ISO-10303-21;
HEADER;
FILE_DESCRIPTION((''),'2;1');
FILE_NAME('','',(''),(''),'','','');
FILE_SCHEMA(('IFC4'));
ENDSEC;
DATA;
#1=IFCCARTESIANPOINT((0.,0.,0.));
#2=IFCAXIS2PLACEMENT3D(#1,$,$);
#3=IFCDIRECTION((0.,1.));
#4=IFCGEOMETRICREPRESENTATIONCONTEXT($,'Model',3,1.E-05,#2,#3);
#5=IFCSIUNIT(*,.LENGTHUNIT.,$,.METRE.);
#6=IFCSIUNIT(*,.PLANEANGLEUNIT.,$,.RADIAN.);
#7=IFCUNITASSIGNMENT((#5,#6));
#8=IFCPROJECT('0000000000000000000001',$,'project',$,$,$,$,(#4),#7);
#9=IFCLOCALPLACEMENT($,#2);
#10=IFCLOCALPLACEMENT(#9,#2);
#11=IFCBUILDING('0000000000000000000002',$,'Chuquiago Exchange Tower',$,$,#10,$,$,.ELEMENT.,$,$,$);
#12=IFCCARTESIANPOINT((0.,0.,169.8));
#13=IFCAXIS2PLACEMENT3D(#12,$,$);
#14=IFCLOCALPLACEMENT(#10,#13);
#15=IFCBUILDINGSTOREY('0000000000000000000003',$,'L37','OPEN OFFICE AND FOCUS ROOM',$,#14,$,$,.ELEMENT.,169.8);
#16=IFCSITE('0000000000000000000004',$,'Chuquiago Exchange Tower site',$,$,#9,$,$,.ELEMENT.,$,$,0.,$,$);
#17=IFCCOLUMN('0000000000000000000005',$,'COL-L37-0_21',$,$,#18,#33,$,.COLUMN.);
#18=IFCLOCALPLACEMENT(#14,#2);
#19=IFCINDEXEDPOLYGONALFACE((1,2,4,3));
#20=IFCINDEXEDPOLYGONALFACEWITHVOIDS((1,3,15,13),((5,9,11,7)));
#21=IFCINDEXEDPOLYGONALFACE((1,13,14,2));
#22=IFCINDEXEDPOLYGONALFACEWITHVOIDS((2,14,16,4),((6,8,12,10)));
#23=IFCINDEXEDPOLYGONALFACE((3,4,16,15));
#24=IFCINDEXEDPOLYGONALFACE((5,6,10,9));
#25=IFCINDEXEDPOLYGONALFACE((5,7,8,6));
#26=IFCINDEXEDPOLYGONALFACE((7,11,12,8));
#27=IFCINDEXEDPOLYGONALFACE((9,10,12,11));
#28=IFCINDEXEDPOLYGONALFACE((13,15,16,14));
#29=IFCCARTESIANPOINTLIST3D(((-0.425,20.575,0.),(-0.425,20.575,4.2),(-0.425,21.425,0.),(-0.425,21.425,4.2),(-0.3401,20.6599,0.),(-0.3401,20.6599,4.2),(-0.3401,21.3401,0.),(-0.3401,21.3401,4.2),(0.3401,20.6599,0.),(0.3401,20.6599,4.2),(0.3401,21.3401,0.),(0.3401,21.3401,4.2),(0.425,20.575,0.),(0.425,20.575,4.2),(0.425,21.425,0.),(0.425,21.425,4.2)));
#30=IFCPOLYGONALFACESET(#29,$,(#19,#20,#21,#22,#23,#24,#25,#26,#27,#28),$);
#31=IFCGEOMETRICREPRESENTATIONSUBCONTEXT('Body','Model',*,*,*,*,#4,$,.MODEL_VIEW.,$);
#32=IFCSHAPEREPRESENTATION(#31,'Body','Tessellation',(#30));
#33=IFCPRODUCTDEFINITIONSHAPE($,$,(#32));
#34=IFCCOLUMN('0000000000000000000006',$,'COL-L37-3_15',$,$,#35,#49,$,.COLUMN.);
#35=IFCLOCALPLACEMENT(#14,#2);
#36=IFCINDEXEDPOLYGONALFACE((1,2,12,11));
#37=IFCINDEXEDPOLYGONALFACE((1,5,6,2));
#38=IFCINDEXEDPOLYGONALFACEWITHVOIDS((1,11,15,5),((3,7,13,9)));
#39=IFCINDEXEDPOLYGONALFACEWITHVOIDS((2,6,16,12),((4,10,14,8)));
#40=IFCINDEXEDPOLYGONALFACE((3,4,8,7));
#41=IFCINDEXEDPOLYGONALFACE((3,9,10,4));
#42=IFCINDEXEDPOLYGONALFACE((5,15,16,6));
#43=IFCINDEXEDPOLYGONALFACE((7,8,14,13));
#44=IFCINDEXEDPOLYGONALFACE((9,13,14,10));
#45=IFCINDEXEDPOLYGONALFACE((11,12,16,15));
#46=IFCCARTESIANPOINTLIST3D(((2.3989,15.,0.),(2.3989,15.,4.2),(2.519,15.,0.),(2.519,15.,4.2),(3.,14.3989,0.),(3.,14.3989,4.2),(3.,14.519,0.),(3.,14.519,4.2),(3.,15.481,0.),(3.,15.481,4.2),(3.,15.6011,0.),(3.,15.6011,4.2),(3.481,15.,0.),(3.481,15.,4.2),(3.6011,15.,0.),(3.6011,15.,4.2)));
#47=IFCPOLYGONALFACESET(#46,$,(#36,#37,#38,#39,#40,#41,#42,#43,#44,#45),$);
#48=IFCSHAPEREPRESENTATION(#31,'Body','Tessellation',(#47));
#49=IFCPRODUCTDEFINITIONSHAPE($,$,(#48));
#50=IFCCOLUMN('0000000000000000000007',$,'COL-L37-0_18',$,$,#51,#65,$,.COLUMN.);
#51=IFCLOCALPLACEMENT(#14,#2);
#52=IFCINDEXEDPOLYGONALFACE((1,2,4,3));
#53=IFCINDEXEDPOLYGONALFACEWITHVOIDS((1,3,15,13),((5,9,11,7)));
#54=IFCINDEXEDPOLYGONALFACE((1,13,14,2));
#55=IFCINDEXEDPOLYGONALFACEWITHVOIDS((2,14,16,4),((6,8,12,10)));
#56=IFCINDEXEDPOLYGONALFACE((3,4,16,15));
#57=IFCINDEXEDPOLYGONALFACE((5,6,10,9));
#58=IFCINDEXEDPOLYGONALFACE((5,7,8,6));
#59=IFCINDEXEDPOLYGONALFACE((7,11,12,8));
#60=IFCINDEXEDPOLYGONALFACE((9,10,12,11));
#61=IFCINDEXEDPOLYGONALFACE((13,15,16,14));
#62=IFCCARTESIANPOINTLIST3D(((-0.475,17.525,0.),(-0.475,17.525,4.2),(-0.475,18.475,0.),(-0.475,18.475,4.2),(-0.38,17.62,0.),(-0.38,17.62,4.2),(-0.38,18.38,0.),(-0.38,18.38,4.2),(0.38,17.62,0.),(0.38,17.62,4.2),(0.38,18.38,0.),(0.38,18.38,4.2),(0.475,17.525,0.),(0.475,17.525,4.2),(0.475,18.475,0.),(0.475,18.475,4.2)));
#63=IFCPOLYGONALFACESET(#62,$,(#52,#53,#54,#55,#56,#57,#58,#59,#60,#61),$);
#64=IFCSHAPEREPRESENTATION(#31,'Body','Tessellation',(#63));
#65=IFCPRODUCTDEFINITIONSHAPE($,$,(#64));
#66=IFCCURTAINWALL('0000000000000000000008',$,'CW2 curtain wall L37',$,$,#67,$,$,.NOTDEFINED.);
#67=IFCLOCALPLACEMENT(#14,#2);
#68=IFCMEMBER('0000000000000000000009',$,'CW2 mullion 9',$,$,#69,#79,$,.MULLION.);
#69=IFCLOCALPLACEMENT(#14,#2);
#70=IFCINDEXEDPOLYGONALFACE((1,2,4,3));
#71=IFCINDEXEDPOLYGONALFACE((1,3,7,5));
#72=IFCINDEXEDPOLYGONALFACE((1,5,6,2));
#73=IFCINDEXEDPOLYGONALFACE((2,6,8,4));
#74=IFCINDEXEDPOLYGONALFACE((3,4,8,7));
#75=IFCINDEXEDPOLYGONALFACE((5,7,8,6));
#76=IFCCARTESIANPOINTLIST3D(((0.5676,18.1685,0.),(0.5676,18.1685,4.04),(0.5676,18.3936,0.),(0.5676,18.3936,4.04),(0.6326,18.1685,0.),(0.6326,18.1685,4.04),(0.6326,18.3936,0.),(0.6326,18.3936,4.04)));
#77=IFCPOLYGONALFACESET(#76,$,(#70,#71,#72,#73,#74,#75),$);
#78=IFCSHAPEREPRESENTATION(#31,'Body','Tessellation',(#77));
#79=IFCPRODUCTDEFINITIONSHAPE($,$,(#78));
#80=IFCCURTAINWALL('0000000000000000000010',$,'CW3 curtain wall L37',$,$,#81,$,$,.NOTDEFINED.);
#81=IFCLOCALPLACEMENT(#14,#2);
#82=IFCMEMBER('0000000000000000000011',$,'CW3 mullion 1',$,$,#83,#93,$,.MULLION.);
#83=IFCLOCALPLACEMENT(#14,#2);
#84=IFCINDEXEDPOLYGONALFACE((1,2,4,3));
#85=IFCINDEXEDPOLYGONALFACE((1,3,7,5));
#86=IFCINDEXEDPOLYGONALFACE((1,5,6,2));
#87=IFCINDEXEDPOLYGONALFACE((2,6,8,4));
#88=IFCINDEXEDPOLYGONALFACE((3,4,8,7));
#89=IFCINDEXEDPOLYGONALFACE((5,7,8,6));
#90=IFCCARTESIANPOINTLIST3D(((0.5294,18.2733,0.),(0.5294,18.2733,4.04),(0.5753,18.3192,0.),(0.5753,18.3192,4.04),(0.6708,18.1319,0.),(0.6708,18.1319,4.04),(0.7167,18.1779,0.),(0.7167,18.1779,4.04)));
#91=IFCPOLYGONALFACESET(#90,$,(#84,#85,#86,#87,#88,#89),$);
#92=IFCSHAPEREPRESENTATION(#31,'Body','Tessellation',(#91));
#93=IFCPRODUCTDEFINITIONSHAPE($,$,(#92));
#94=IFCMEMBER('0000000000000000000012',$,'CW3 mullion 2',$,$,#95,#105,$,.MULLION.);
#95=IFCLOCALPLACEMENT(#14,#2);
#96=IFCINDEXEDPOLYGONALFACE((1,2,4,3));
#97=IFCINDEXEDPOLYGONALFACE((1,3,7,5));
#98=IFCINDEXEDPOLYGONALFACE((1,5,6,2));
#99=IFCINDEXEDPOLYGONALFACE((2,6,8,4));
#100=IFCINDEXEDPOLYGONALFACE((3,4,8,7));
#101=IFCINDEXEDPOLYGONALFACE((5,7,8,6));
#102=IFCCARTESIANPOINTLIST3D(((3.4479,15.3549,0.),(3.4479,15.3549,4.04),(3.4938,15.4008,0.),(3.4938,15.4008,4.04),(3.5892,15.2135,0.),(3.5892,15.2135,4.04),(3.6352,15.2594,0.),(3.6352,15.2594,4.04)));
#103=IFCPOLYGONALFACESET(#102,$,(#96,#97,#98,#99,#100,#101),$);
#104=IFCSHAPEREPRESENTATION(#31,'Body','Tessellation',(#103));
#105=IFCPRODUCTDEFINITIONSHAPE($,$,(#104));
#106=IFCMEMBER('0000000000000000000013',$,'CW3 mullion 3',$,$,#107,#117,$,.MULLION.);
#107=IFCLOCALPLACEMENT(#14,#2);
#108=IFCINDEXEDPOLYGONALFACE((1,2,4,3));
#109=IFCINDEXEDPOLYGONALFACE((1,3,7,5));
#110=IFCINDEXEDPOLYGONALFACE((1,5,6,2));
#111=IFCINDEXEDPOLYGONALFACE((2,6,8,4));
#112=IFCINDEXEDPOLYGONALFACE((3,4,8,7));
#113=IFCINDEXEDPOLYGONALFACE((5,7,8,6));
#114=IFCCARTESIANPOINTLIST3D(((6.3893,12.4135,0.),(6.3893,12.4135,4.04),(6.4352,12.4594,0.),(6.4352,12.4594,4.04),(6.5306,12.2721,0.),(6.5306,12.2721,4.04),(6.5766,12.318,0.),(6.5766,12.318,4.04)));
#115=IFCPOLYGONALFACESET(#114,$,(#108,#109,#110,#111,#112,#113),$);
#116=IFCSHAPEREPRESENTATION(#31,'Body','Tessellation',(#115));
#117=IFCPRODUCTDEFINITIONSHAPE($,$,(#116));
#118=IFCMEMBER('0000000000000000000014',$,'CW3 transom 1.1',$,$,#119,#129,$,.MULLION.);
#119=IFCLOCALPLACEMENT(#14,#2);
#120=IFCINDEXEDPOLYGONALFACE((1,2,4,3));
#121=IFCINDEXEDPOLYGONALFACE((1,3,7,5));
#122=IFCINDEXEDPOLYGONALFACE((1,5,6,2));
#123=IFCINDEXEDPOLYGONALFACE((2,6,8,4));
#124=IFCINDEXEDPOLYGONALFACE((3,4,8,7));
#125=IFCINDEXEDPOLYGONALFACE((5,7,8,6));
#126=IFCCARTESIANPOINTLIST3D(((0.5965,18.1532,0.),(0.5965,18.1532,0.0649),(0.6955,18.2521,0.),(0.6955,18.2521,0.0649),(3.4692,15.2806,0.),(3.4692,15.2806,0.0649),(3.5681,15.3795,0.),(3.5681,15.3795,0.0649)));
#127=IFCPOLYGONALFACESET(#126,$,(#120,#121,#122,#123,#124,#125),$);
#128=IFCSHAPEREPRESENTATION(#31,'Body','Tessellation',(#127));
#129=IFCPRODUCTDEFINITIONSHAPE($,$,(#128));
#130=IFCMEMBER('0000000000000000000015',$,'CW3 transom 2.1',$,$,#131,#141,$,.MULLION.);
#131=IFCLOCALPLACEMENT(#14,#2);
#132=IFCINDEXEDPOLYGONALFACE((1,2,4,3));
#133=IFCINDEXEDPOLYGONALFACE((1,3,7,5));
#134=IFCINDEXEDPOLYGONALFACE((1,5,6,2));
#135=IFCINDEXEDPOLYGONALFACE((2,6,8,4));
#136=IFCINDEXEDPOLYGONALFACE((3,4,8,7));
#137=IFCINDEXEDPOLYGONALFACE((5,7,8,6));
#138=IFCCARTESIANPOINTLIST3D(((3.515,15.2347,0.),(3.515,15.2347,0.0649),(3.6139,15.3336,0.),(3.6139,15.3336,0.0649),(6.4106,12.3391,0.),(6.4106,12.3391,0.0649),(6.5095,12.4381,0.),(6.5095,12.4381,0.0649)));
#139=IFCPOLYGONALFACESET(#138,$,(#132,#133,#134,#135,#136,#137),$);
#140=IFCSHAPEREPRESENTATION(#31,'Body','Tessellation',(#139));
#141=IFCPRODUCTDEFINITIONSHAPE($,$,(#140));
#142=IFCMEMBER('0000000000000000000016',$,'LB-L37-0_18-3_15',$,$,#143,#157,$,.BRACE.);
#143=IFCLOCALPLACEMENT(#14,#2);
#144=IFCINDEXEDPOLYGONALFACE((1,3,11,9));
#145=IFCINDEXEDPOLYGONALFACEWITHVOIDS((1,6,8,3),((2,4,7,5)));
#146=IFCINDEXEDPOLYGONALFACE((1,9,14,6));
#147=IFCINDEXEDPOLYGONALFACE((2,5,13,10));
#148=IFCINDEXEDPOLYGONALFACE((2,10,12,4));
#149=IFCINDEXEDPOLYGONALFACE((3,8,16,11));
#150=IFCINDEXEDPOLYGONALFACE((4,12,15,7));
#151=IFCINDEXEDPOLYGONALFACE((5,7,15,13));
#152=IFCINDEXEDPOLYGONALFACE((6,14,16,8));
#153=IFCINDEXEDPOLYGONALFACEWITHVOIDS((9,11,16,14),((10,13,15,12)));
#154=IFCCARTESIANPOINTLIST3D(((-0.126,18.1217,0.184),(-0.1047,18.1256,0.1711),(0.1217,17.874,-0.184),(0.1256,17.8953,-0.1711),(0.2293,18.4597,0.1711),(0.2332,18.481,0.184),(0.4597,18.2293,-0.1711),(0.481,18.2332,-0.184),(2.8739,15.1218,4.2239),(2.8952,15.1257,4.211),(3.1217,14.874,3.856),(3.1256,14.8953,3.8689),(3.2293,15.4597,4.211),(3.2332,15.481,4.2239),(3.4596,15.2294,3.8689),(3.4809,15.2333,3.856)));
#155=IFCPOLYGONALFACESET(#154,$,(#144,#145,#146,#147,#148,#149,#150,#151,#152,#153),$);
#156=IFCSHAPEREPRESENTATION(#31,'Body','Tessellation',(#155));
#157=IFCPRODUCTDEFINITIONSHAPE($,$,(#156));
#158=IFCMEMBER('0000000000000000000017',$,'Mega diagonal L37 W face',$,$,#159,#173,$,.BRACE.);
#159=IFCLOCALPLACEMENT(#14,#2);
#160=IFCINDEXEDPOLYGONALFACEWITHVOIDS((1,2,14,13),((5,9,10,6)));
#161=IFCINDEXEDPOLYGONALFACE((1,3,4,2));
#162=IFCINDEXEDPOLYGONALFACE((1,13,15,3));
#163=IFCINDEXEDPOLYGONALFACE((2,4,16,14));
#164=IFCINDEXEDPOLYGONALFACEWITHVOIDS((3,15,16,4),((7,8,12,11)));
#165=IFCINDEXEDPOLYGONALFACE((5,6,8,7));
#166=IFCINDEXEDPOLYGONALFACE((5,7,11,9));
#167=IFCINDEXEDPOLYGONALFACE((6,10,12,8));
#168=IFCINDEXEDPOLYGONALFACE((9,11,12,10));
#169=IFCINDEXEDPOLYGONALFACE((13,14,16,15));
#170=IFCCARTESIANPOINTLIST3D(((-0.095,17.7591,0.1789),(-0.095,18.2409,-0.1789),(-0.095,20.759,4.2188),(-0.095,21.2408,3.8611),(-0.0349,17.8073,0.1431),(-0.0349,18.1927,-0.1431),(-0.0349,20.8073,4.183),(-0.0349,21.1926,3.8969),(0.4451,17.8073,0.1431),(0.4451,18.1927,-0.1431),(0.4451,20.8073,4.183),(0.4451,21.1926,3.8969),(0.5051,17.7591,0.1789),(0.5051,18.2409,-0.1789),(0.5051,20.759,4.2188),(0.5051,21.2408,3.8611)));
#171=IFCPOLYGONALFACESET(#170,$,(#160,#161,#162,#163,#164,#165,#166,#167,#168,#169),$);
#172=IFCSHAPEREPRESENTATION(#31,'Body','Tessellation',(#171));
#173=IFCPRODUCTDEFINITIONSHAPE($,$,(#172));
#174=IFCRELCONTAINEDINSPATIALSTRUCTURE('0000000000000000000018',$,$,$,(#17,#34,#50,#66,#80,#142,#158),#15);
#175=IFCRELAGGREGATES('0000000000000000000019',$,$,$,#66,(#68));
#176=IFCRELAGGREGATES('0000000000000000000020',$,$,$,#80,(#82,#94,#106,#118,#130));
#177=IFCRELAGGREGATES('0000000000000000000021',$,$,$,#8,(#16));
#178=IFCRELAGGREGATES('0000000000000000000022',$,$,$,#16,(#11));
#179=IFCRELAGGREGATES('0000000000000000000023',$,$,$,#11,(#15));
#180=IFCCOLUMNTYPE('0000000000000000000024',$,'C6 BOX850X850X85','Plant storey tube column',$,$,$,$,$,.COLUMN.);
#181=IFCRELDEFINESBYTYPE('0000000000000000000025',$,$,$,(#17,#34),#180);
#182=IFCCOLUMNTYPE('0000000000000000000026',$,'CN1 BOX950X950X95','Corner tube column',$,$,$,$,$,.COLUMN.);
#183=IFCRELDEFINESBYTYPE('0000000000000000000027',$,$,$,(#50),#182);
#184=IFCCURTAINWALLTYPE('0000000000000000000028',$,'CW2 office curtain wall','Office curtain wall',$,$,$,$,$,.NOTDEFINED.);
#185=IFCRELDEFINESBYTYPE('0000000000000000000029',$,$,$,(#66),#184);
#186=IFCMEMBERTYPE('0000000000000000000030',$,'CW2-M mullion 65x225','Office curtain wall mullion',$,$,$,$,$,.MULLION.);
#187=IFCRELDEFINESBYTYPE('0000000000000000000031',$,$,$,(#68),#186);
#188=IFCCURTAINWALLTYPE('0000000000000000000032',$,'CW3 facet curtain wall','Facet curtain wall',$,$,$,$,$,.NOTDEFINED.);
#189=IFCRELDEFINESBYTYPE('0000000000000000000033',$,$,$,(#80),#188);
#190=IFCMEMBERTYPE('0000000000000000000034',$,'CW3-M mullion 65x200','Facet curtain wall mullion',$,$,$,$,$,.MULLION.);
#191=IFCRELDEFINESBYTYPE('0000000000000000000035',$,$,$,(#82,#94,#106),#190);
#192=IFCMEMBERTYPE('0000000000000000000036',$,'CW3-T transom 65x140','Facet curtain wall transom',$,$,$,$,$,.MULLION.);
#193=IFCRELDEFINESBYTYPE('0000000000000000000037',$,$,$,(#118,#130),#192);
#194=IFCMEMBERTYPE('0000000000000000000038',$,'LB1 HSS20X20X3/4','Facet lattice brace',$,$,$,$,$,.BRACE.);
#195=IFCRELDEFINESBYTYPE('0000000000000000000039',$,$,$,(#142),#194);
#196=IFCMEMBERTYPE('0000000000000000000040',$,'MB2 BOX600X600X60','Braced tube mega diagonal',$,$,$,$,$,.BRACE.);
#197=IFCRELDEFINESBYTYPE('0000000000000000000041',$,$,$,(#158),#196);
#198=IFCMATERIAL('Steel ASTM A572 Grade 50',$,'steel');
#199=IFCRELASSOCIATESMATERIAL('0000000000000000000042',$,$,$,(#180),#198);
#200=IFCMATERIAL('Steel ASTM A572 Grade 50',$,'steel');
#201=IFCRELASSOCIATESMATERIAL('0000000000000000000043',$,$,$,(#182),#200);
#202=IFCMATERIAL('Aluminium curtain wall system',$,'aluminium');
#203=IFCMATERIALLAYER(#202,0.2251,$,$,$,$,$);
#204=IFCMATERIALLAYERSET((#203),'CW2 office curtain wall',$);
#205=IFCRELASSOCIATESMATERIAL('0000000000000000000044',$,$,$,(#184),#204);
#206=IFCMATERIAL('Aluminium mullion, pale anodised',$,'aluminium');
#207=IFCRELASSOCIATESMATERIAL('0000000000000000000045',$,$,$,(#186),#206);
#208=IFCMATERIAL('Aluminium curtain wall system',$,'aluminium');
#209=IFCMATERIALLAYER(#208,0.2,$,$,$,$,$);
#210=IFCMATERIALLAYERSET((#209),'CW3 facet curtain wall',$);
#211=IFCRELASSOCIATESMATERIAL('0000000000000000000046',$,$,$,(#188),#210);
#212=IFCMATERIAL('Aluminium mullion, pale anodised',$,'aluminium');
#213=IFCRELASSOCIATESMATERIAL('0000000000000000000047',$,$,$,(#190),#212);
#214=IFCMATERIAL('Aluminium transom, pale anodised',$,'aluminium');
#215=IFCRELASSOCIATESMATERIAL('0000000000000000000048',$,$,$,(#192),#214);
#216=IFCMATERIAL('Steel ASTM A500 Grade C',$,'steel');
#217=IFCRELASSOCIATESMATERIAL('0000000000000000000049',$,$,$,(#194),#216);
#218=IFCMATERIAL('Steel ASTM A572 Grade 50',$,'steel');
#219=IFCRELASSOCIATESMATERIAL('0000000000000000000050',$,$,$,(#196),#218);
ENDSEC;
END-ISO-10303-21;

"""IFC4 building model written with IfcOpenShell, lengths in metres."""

from ifc_helpers import new_model, si_unit, direction, frame, origin, origin_2d, place, context, subcontext, project, spatial, rectangle, hollow_rectangle, extrude, material, layer, layer_set, material_profile, profile_set, type_object, element, aggregate, save


model = new_model("IFC4")

# Units and contexts
model_context = context("Model", 3, precision=1e-05, world=origin(), true_north=direction((0.0, 1.0)))
body_context = subcontext(model_context, "Body", "Model", "MODEL_VIEW")
ifc_project = project(units=[si_unit("LENGTHUNIT", "METRE"), si_unit("PLANEANGLEUNIT", "RADIAN")], contexts=[model_context])

# Site, building, storey
site_placement = place(None, origin())
site = spatial("IfcSite", under=ifc_project, at=site_placement, Name="Chuquiago Exchange Tower site", CompositionType="ELEMENT", RefElevation=0.0)
building_placement = place(site_placement, origin())
building = spatial("IfcBuilding", under=site, at=building_placement, Name="Chuquiago Exchange Tower", CompositionType="ELEMENT")
storey_placement = place(building_placement, frame((0.0, 0.0, 169.8)))
storey = spatial("IfcBuildingStorey", under=building, at=storey_placement, Name="L37", Description="OPEN OFFICE AND FOCUS ROOM", CompositionType="ELEMENT", Elevation=169.8)

# Columns
ifc_material_1 = material(Name="Steel ASTM A572 Grade 50", Category="steel")
ifc_material_profile_1 = material_profile(ifc_material_1, hollow_rectangle(XDim=0.8501, YDim=0.8501, WallThickness=0.085, at=origin_2d()), Name="BOX850X850X85")
ifc_profile_set_1 = profile_set([ifc_material_profile_1], Name="Steel ASTM A572 Grade 50")
column_type_1 = type_object("IfcColumnType", Name="C6 BOX850X850X85", Description="Plant storey tube column", PredefinedType="COLUMN", material=ifc_profile_set_1)
for number, where, z_axis, x_axis, name in (
    (1, (0.0, 21.0, 0.0), (0.0, 0.0, 1.0), (-1.0, 0.0, 0.0), "COL-L37-0_21"),
    (2, (3.0, 15.0, 0.0), (0.0, 0.0, 1.0), (-0.707107, -0.707107, 0.0), "COL-L37-3_15"),
):
    element("IfcColumn", number, at=place(storey_placement, frame(where, z_axis=z_axis, x_axis=x_axis)), inside=storey, type_object=column_type_1, Name=name, PredefinedType="COLUMN", context=body_context, shape_type="SweptSolid", body=[
        extrude(hollow_rectangle(XDim=0.8501, YDim=0.8501, WallThickness=0.085, at=origin_2d()), origin(), (0.0, 0.0, 1.0), 4.2),
    ])
ifc_material_2 = material(Name="Steel ASTM A572 Grade 50", Category="steel")
ifc_material_profile_2 = material_profile(ifc_material_2, hollow_rectangle(XDim=0.95, YDim=0.95, WallThickness=0.095, at=origin_2d()), Name="BOX950X950X95")
ifc_profile_set_2 = profile_set([ifc_material_profile_2], Name="Steel ASTM A572 Grade 50")
column_type_2 = type_object("IfcColumnType", Name="CN1 BOX950X950X95", Description="Corner tube column", PredefinedType="COLUMN", material=ifc_profile_set_2)
column_placement = place(storey_placement, frame((0.0, 18.0, 0.0), z_axis=(0.0, 0.0, 1.0), x_axis=(-1.0, 0.0, 0.0)))
element("IfcColumn", 3, at=column_placement, inside=storey, type_object=column_type_2, Name="COL-L37-0_18", PredefinedType="COLUMN", context=body_context, shape_type="SweptSolid", body=[
    extrude(hollow_rectangle(XDim=0.95, YDim=0.95, WallThickness=0.095, at=origin_2d()), origin(), (0.0, 0.0, 1.0), 4.2),
])

# Curtain wall, member
ifc_material_3 = material(Name="Aluminium curtain wall system", Category="aluminium")
ifc_layer_1 = layer(ifc_material_3, 0.2251)
ifc_layer_set_1 = layer_set([ifc_layer_1], Name="CW2 office curtain wall")
curtain_wall_type_1 = type_object("IfcCurtainWallType", Name="CW2 office curtain wall", Description="Office curtain wall", PredefinedType="NOTDEFINED", material=ifc_layer_set_1)
curtain_wall_1_placement = place(storey_placement, origin())
curtain_wall_1 = element("IfcCurtainWall", 4, at=curtain_wall_1_placement, inside=storey, type_object=curtain_wall_type_1, Name="CW2 curtain wall L37", PredefinedType="NOTDEFINED")
ifc_material_4 = material(Name="Aluminium mullion, pale anodised", Category="aluminium")
ifc_material_profile_3 = material_profile(ifc_material_4, rectangle(XDim=0.0649, YDim=0.2251, at=origin_2d()), Name="AL 65x225")
ifc_profile_set_3 = profile_set([ifc_material_profile_3], Name="Aluminium mullion, pale anodised")
member_type_1 = type_object("IfcMemberType", Name="CW2-M mullion 65x225", Description="Office curtain wall mullion", PredefinedType="MULLION", material=ifc_profile_set_3)
member_1_placement = place(storey_placement, frame((0.6001, 18.281, 0.0), z_axis=(0.0, 0.0, 1.0), x_axis=(1.0, 0.0, 0.0)))
member_1 = element("IfcMember", 5, at=member_1_placement, type_object=member_type_1, Name="CW2 mullion 9", PredefinedType="MULLION", context=body_context, shape_type="SweptSolid", body=[
    extrude(rectangle(XDim=0.0649, YDim=0.2251, at=origin_2d()), origin(), (0.0, 0.0, 1.0), 4.04),
])

# Curtain wall, members
ifc_material_5 = material(Name="Aluminium curtain wall system", Category="aluminium")
ifc_layer_2 = layer(ifc_material_5, 0.2)
ifc_layer_set_2 = layer_set([ifc_layer_2], Name="CW3 facet curtain wall")
curtain_wall_type_2 = type_object("IfcCurtainWallType", Name="CW3 facet curtain wall", Description="Facet curtain wall", PredefinedType="NOTDEFINED", material=ifc_layer_set_2)
curtain_wall_2_placement = place(storey_placement, origin())
curtain_wall_2 = element("IfcCurtainWall", 6, at=curtain_wall_2_placement, inside=storey, type_object=curtain_wall_type_2, Name="CW3 curtain wall L37", PredefinedType="NOTDEFINED")
ifc_material_6 = material(Name="Aluminium mullion, pale anodised", Category="aluminium")
ifc_material_profile_4 = material_profile(ifc_material_6, rectangle(XDim=0.0649, YDim=0.2, at=origin_2d()), Name="AL 65x200")
ifc_profile_set_4 = profile_set([ifc_material_profile_4], Name="Aluminium mullion, pale anodised")
member_type_2 = type_object("IfcMemberType", Name="CW3-M mullion 65x200", Description="Facet curtain wall mullion", PredefinedType="MULLION", material=ifc_profile_set_4)
member_2_placement = place(storey_placement, frame((0.623, 18.2256, 0.0), z_axis=(0.0, 0.0, 1.0), x_axis=(0.707107, 0.707107, 0.0)))
member_2 = element("IfcMember", 7, at=member_2_placement, type_object=member_type_2, Name="CW3 mullion 1", PredefinedType="MULLION", context=body_context, shape_type="SweptSolid", body=[
    extrude(rectangle(XDim=0.0649, YDim=0.2, at=origin_2d()), origin(), (0.0, 0.0, 1.0), 4.04),
])
member_3_placement = place(storey_placement, frame((3.5415, 15.3071, 0.0), z_axis=(0.0, 0.0, 1.0), x_axis=(0.707107, 0.707107, 0.0)))
member_3 = element("IfcMember", 8, at=member_3_placement, type_object=member_type_2, Name="CW3 mullion 2", PredefinedType="MULLION", context=body_context, shape_type="SweptSolid", body=[
    extrude(rectangle(XDim=0.0649, YDim=0.2, at=origin_2d()), origin(), (0.0, 0.0, 1.0), 4.04),
])
member_4_placement = place(storey_placement, frame((6.4829, 12.3657, 0.0), z_axis=(0.0, 0.0, 1.0), x_axis=(0.707107, 0.707107, 0.0)))
member_4 = element("IfcMember", 9, at=member_4_placement, type_object=member_type_2, Name="CW3 mullion 3", PredefinedType="MULLION", context=body_context, shape_type="SweptSolid", body=[
    extrude(rectangle(XDim=0.0649, YDim=0.2, at=origin_2d()), origin(), (0.0, 0.0, 1.0), 4.04),
])
ifc_material_7 = material(Name="Aluminium transom, pale anodised", Category="aluminium")
ifc_material_profile_5 = material_profile(ifc_material_7, rectangle(XDim=0.1399, YDim=0.0649, at=origin_2d()), Name="AL 140x65")
ifc_profile_set_5 = profile_set([ifc_material_profile_5], Name="Aluminium transom, pale anodised")
member_type_3 = type_object("IfcMemberType", Name="CW3-T transom 65x140", Description="Facet curtain wall transom", PredefinedType="MULLION", material=ifc_profile_set_5)
member_5_placement = place(storey_placement, frame((0.646, 18.2026, 0.0325), z_axis=(0.707107, -0.707107, 0.0), x_axis=(0.707107, 0.707107, 0.0)))
member_5 = element("IfcMember", 10, at=member_5_placement, type_object=member_type_3, Name="CW3 transom 1.1", PredefinedType="MULLION", context=body_context, shape_type="SweptSolid", body=[
    extrude(rectangle(XDim=0.1399, YDim=0.0649, at=origin_2d()), origin(), (0.0, 0.0, 1.0), 4.0625),
])
member_6_placement = place(storey_placement, frame((3.5645, 15.2842, 0.0325), z_axis=(0.707107, -0.707107, 0.0), x_axis=(0.707107, 0.707107, 0.0)))
member_6 = element("IfcMember", 11, at=member_6_placement, type_object=member_type_3, Name="CW3 transom 2.1", PredefinedType="MULLION", context=body_context, shape_type="SweptSolid", body=[
    extrude(rectangle(XDim=0.1399, YDim=0.0649, at=origin_2d()), origin(), (0.0, 0.0, 1.0), 4.095),
])

# Members
ifc_material_8 = material(Name="Steel ASTM A500 Grade C", Category="steel")
ifc_material_profile_6 = material_profile(ifc_material_8, hollow_rectangle(XDim=0.5081, YDim=0.5081, WallThickness=0.0178, at=origin_2d()), Name="HSS20X20X3/4")
ifc_profile_set_6 = profile_set([ifc_material_profile_6], Name="Steel ASTM A500 Grade C")
member_type_4 = type_object("IfcMemberType", Name="LB1 HSS20X20X3/4", Description="Facet lattice brace", PredefinedType="BRACE", material=ifc_profile_set_6)
member_7_placement = place(storey_placement, frame((0.1775, 18.1775, 0.0), z_axis=(0.512077, -0.512077, 0.689604), x_axis=(0.707107, 0.707107, 0.0)))
element("IfcMember", 12, at=member_7_placement, inside=storey, type_object=member_type_4, Name="LB-L37-0_18-3_15", PredefinedType="BRACE", context=body_context, shape_type="SweptSolid", body=[
    extrude(hollow_rectangle(XDim=0.5081, YDim=0.5081, WallThickness=0.0178, at=origin_2d()), origin(), (0.0, 0.0, 1.0), 5.8584),
])
ifc_material_9 = material(Name="Steel ASTM A572 Grade 50", Category="steel")
ifc_material_profile_7 = material_profile(ifc_material_9, hollow_rectangle(XDim=0.6001, YDim=0.6001, WallThickness=0.0601, at=origin_2d()), Name="BOX600X600X60")
ifc_profile_set_7 = profile_set([ifc_material_profile_7], Name="Steel ASTM A572 Grade 50")
member_type_5 = type_object("IfcMemberType", Name="MB2 BOX600X600X60", Description="Braced tube mega diagonal", PredefinedType="BRACE", material=ifc_profile_set_7)
member_8_placement = place(storey_placement, frame((0.2051, 18.0, 0.0), z_axis=(0.0, 0.596174, 0.802855), x_axis=(-1.0, 0.0, 0.0)))
element("IfcMember", 13, at=member_8_placement, inside=storey, type_object=member_type_5, Name="Mega diagonal L37 W face", PredefinedType="BRACE", context=body_context, shape_type="SweptSolid", body=[
    extrude(hollow_rectangle(XDim=0.6001, YDim=0.6001, WallThickness=0.0601, at=origin_2d()), origin(), (0.0, 0.0, 1.0), 5.032),
])

aggregate(curtain_wall_1, [member_1])
aggregate(curtain_wall_2, [member_2, member_3, member_4, member_5, member_6])

save(model, "model.ifc")
